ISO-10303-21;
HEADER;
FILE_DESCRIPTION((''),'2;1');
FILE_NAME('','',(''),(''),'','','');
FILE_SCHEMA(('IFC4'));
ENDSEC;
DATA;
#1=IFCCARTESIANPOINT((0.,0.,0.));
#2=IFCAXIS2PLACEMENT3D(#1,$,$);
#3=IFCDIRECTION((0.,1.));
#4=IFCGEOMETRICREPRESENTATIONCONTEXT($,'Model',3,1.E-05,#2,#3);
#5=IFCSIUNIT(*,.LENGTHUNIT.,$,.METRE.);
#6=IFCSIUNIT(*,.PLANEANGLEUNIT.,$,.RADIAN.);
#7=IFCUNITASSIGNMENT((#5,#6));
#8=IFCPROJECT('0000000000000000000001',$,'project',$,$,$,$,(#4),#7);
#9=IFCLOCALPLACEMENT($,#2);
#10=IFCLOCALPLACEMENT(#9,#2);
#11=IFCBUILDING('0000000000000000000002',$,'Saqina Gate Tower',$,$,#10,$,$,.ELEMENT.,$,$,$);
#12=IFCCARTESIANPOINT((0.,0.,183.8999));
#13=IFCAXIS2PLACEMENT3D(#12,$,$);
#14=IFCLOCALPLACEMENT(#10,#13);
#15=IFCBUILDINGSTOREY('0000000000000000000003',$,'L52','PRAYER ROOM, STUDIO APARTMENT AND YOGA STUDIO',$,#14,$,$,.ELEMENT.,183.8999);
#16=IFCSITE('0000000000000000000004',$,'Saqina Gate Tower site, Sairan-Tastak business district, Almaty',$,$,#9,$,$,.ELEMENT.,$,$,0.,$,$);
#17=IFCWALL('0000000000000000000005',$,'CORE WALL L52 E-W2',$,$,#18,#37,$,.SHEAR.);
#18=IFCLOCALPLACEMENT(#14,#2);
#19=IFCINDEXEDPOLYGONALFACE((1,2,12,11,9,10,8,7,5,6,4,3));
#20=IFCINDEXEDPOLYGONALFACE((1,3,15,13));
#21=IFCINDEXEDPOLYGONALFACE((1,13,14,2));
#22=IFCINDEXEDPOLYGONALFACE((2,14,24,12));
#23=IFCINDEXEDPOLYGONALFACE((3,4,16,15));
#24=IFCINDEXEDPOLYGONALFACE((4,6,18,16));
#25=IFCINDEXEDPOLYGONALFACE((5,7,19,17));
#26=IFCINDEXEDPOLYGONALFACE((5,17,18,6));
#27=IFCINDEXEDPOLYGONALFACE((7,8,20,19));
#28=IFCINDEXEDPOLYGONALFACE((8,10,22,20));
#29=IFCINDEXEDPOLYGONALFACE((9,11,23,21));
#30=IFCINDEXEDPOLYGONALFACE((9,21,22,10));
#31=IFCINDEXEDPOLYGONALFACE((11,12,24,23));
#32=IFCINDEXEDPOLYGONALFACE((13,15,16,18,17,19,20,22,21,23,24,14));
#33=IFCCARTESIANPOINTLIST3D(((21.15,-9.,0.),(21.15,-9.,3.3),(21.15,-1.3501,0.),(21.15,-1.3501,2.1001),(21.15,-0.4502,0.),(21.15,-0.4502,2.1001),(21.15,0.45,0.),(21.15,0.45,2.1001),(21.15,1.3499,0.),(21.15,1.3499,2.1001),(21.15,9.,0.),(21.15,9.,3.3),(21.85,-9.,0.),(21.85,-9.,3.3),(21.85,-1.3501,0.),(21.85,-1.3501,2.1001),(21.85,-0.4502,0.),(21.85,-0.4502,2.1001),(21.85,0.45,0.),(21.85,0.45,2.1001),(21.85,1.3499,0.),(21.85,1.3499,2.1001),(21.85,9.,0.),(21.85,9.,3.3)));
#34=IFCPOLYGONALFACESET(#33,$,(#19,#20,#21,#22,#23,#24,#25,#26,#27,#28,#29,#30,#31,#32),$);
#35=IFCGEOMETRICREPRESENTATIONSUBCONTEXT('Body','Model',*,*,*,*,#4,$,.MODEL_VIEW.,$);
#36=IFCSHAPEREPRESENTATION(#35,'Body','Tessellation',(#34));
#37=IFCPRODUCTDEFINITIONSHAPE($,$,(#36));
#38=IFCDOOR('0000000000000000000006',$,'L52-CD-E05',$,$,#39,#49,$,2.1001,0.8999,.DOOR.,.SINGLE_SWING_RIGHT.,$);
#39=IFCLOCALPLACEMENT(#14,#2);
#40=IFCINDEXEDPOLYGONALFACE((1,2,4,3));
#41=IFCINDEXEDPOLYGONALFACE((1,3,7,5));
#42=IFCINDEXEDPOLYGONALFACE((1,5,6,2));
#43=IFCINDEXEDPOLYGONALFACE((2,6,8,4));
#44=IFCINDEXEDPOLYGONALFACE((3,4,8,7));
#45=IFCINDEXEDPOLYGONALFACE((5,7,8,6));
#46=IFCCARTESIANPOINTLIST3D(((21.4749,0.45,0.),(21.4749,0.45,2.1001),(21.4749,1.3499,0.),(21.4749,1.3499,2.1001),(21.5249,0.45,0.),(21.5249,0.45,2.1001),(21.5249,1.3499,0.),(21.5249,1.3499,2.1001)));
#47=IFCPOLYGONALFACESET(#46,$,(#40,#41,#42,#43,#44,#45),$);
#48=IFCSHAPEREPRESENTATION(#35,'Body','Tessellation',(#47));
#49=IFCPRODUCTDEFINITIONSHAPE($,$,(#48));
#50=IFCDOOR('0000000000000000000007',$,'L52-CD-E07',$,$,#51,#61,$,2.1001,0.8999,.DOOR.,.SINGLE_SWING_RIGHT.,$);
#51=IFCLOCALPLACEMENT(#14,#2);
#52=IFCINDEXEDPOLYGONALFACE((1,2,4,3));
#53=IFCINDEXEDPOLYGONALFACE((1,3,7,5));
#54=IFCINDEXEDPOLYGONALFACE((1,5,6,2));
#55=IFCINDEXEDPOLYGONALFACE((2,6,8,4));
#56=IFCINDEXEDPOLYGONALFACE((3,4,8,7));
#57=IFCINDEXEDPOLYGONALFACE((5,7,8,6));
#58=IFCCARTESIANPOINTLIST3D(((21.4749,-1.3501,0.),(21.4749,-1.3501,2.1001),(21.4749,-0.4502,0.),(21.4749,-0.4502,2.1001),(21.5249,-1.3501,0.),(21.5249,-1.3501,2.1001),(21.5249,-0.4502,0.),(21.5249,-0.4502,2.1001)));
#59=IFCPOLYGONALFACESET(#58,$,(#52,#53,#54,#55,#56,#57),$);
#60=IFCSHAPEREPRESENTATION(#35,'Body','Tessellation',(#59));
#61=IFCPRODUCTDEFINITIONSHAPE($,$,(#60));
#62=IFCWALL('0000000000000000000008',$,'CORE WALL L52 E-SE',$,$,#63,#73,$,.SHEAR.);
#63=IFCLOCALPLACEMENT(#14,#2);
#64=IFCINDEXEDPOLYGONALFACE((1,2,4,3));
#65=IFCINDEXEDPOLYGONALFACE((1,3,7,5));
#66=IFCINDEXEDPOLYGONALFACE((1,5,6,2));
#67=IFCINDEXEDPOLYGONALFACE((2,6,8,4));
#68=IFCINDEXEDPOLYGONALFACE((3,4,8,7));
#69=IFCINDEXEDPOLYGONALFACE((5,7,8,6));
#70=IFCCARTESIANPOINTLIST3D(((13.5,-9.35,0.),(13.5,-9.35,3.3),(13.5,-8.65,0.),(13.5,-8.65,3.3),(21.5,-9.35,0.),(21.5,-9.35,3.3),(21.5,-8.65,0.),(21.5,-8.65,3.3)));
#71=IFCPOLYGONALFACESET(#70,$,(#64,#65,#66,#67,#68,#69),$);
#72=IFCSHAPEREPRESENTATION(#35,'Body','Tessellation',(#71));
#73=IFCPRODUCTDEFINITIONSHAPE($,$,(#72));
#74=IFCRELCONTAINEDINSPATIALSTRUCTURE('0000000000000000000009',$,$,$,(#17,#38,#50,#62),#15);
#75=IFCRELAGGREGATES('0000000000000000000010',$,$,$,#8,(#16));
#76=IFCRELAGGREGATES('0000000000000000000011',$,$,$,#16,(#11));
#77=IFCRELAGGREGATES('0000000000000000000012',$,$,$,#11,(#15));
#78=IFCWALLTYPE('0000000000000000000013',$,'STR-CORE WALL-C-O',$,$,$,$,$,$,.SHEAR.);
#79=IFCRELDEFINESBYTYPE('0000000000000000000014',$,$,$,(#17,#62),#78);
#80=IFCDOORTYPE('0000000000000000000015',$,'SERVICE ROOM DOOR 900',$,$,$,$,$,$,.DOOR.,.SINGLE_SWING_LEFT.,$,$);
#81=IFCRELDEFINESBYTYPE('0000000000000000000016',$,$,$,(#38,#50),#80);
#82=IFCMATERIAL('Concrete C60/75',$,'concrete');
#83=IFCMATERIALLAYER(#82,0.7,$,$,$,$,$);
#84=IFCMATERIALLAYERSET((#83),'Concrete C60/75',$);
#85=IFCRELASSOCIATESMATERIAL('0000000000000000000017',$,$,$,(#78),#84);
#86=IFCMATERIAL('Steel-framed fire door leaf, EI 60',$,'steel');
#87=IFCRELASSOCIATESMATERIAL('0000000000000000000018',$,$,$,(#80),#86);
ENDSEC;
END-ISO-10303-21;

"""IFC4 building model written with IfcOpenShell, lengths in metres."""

from ifc_helpers import new_model, si_unit, direction, frame, frame_2d, origin, place, context, subcontext, project, spatial, rectangle, extrude, material, layer, layer_set, type_object, element, fill, save


model = new_model("IFC4")

# Units and contexts
model_context = context("Model", 3, precision=1e-05, world=origin(), true_north=direction((0.0, 1.0)))
body_context = subcontext(model_context, "Body", "Model", "MODEL_VIEW")
ifc_project = project(units=[si_unit("LENGTHUNIT", "METRE"), si_unit("PLANEANGLEUNIT", "RADIAN")], contexts=[model_context])

# Site, building, storey
site_placement = place(None, origin())
site = spatial("IfcSite", under=ifc_project, at=site_placement, Name="Saqina Gate Tower site, Sairan-Tastak business district, Almaty", CompositionType="ELEMENT", RefElevation=0.0)
building_placement = place(site_placement, origin())
building = spatial("IfcBuilding", under=site, at=building_placement, Name="Saqina Gate Tower", CompositionType="ELEMENT")
storey_placement = place(building_placement, frame((0.0, 0.0, 183.8999)))
storey = spatial("IfcBuildingStorey", under=building, at=storey_placement, Name="L52", Description="PRAYER ROOM, STUDIO APARTMENT AND YOGA STUDIO", CompositionType="ELEMENT", Elevation=183.8999)

# Wall, openings, doors
ifc_material_1 = material(Name="Concrete C60/75", Category="concrete")
ifc_layer_1 = layer(ifc_material_1, 0.7)
ifc_layer_set_1 = layer_set([ifc_layer_1], Name="Concrete C60/75")
wall_type_1 = type_object("IfcWallType", Name="STR-CORE WALL-C-O", PredefinedType="SHEAR", material=ifc_layer_set_1)
wall_1_placement = place(storey_placement, frame((21.5, -9.0, 0.0), z_axis=(0.0, 0.0, 1.0), x_axis=(0.0, 1.0, 0.0)))
wall_1 = element("IfcWall", 1, at=wall_1_placement, inside=storey, type_object=wall_type_1, Name="CORE WALL L52 E-W2", PredefinedType="SHEAR", context=body_context, shape_type="SweptSolid", body=[
    extrude(rectangle(XDim=18.0, YDim=0.7, at=frame_2d((9.0, 0.0))), origin(), (0.0, 0.0, 1.0), 3.3),
])
opening_1_placement = place(wall_1_placement, frame((9.45, 0.0, 0.0)))
opening_1 = element("IfcOpeningElement", 2, at=opening_1_placement, cuts=wall_1, PredefinedType="OPENING", context=body_context, shape_type="SweptSolid", body=[
    extrude(rectangle(XDim=0.8999, YDim=2.1001, at=frame_2d((0.45, 1.05))), frame((0.0, 0.3621, 0.0), z_axis=(0.0, -1.0, 0.0), x_axis=(1.0, 0.0, 0.0)), (0.0, 0.0, 1.0), 0.7239),
])
opening_2_placement = place(wall_1_placement, frame((7.6499, 0.0, 0.0)))
opening_2 = element("IfcOpeningElement", 3, at=opening_2_placement, cuts=wall_1, PredefinedType="OPENING", context=body_context, shape_type="SweptSolid", body=[
    extrude(rectangle(XDim=0.8999, YDim=2.1001, at=frame_2d((0.45, 1.05))), frame((0.0, 0.3621, 0.0), z_axis=(0.0, -1.0, 0.0), x_axis=(1.0, 0.0, 0.0)), (0.0, 0.0, 1.0), 0.7239),
])
ifc_material_2 = material(Name="Steel-framed fire door leaf, EI 60", Category="steel")
door_type_1 = type_object("IfcDoorType", Name="SERVICE ROOM DOOR 900", OperationType="SINGLE_SWING_LEFT", PredefinedType="DOOR", material=ifc_material_2)
door_1_placement = place(opening_1_placement, frame((0.8999, 0.0, 0.0), z_axis=(0.0, 0.0, 1.0), x_axis=(-1.0, 0.0, 0.0)))
door_1 = element("IfcDoor", 4, at=door_1_placement, inside=storey, type_object=door_type_1, Name="L52-CD-E05", OperationType="SINGLE_SWING_RIGHT", OverallHeight=2.1001, OverallWidth=0.8999, PredefinedType="DOOR", context=body_context, shape_type="SweptSolid", body=[
    extrude(rectangle(XDim=0.8999, YDim=2.1001, at=frame_2d((0.45, 1.05))), frame((0.0, 0.0249, 0.0), z_axis=(0.0, -1.0, 0.0), x_axis=(1.0, 0.0, 0.0)), (0.0, 0.0, 1.0), 0.05),
])
fill(opening_1, door_1)
door_2_placement = place(opening_2_placement, frame((0.8999, 0.0, 0.0), z_axis=(0.0, 0.0, 1.0), x_axis=(-1.0, 0.0, 0.0)))
door_2 = element("IfcDoor", 5, at=door_2_placement, inside=storey, type_object=door_type_1, Name="L52-CD-E07", OperationType="SINGLE_SWING_RIGHT", OverallHeight=2.1001, OverallWidth=0.8999, PredefinedType="DOOR", context=body_context, shape_type="SweptSolid", body=[
    extrude(rectangle(XDim=0.8999, YDim=2.1001, at=frame_2d((0.45, 1.05))), frame((0.0, 0.0249, 0.0), z_axis=(0.0, -1.0, 0.0), x_axis=(1.0, 0.0, 0.0)), (0.0, 0.0, 1.0), 0.05),
])
fill(opening_2, door_2)

# Wall
wall_2_placement = place(storey_placement, frame((13.5, -9.0, 0.0), z_axis=(0.0, 0.0, 1.0), x_axis=(1.0, 0.0, 0.0)))
element("IfcWall", 6, at=wall_2_placement, inside=storey, type_object=wall_type_1, Name="CORE WALL L52 E-SE", PredefinedType="SHEAR", context=body_context, shape_type="SweptSolid", body=[
    extrude(rectangle(XDim=8.0, YDim=0.7, at=frame_2d((4.0, 0.0))), origin(), (0.0, 0.0, 1.0), 3.3),
])

save(model, "model.ifc")
